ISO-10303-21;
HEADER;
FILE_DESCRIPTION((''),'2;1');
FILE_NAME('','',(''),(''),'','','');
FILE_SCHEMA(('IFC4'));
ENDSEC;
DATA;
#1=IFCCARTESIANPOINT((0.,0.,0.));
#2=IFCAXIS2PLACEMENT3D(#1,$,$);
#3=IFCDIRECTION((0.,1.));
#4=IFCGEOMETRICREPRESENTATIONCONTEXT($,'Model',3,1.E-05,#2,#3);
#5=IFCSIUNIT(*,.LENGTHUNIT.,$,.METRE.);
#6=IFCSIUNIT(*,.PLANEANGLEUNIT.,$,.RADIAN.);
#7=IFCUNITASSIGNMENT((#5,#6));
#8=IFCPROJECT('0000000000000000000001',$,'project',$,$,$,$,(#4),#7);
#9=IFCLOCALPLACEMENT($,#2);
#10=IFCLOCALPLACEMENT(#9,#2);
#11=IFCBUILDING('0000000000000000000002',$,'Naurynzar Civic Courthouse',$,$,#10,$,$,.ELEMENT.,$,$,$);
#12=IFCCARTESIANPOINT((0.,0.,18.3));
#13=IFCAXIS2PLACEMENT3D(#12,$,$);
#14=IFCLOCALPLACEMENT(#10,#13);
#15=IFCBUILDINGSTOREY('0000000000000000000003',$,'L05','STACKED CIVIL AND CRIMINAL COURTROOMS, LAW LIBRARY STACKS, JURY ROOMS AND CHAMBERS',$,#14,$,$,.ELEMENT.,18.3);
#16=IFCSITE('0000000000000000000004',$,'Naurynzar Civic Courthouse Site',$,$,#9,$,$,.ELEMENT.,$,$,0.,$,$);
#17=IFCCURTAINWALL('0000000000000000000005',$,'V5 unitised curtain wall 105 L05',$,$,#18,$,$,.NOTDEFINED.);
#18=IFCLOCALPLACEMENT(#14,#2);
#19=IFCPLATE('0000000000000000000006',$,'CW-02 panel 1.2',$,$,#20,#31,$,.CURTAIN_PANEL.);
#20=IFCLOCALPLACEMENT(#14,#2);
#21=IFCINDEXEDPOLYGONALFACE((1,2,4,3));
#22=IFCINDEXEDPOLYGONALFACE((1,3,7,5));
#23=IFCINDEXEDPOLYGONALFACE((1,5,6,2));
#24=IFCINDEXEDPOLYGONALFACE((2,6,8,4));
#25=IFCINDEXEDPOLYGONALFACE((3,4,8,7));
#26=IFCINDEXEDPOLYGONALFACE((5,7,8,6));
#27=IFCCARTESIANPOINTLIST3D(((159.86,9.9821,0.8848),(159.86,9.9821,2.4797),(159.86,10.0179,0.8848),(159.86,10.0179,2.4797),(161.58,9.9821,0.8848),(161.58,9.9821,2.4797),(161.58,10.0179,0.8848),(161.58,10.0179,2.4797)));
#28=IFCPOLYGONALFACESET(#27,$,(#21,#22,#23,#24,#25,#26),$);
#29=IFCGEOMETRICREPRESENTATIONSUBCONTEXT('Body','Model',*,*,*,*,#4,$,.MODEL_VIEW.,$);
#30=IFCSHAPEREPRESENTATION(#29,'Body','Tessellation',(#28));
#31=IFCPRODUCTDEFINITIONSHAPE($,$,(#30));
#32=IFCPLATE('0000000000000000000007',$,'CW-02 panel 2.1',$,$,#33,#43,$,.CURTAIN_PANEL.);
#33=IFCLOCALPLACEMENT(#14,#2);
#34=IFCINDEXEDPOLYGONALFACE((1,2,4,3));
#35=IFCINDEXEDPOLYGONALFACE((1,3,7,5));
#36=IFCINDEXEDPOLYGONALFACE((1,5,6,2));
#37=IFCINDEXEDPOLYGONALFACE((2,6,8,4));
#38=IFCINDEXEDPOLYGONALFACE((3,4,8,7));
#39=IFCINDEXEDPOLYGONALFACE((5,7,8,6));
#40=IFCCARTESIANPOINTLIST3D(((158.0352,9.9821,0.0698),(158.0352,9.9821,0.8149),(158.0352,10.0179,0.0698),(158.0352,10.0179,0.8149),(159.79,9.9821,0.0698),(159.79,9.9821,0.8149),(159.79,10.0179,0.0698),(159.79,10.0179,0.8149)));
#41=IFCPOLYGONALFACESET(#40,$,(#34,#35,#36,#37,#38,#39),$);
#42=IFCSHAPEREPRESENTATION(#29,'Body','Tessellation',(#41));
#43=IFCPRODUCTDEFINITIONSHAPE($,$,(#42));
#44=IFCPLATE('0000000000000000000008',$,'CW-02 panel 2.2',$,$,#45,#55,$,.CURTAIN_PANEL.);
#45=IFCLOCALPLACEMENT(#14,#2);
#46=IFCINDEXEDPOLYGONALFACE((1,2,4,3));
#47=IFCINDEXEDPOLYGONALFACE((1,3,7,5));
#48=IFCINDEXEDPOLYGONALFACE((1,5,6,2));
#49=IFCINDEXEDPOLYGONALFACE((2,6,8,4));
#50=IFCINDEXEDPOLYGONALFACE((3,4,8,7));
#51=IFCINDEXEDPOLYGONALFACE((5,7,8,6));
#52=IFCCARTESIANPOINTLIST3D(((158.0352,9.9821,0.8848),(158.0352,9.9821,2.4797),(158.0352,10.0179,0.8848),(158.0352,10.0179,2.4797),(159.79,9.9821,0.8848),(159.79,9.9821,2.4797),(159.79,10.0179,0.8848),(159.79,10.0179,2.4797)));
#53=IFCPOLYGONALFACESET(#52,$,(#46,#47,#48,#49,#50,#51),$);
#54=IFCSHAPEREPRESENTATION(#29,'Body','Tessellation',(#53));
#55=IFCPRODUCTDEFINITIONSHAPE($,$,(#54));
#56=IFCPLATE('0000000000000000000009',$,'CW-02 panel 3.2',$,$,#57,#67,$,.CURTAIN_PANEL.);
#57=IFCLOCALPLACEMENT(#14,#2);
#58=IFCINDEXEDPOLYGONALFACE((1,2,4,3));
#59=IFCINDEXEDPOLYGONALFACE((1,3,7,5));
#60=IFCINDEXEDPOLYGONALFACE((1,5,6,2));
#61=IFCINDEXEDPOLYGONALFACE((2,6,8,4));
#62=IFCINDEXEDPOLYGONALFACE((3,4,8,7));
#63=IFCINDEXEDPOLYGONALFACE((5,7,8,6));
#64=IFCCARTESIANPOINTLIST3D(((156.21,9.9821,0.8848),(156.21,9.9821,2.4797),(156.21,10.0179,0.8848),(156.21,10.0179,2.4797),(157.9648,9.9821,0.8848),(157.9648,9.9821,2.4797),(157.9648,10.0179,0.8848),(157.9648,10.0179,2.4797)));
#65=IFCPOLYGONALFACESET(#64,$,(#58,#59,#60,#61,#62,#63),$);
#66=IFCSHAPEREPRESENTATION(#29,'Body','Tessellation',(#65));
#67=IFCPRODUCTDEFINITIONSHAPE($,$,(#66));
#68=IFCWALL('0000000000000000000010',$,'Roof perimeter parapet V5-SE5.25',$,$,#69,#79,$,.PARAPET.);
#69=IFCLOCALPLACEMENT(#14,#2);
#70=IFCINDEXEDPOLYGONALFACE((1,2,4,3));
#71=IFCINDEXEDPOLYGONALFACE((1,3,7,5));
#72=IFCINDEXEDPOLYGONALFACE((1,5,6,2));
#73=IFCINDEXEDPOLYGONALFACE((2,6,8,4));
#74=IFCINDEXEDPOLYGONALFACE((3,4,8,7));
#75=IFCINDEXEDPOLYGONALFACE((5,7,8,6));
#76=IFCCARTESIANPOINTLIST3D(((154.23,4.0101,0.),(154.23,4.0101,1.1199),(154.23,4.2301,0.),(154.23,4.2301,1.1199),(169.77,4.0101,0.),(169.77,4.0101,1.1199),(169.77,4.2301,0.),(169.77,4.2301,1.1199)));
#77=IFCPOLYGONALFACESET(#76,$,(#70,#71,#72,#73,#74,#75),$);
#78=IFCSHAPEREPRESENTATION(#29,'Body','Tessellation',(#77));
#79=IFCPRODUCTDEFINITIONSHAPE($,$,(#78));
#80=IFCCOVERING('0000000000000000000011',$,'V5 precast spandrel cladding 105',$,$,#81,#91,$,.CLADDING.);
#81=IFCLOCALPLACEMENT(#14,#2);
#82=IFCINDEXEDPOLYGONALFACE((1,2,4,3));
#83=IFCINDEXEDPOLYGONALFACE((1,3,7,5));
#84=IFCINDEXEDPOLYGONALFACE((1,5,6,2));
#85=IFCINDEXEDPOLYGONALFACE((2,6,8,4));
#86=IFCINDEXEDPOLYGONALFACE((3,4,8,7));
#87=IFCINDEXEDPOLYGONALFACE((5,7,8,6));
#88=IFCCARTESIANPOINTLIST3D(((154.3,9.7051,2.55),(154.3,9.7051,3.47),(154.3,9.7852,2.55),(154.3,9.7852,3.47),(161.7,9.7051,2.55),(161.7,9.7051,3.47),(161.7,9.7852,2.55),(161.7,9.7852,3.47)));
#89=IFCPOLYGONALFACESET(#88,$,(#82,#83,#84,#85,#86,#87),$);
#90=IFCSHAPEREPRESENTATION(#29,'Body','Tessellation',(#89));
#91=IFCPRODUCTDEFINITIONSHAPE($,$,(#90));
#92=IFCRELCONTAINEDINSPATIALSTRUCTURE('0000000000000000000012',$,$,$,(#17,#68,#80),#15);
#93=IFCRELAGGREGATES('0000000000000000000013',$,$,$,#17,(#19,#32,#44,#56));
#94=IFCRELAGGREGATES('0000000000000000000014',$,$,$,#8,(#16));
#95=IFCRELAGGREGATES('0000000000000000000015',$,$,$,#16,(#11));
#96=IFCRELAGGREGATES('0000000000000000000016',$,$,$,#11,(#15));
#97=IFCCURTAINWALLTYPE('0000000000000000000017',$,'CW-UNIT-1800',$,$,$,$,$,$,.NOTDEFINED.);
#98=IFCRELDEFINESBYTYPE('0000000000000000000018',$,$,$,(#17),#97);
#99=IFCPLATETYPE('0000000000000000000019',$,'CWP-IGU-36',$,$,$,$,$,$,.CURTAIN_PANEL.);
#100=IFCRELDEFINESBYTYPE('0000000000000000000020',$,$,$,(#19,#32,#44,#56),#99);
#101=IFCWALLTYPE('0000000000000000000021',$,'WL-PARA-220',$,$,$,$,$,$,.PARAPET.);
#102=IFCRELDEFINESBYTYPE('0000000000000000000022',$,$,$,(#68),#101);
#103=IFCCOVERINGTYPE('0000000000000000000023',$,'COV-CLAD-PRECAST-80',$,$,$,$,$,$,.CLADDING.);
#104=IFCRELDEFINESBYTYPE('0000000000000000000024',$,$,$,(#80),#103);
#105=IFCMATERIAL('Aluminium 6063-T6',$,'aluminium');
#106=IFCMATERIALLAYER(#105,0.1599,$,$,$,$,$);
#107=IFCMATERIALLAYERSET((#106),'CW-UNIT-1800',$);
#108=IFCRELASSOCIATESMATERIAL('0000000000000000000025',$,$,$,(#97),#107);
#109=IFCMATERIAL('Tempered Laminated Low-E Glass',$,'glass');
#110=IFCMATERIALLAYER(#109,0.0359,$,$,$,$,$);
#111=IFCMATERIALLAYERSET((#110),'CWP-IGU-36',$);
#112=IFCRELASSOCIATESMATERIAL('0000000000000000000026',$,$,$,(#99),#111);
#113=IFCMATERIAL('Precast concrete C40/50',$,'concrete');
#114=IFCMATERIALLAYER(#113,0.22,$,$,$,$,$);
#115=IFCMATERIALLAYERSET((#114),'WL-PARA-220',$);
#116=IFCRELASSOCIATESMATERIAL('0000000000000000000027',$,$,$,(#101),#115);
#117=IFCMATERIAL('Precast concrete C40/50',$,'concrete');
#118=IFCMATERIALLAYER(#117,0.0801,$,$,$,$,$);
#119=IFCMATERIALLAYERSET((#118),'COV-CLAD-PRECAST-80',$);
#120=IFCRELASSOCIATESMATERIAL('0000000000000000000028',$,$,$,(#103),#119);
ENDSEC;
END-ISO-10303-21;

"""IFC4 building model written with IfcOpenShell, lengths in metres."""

from ifc_helpers import new_model, si_unit, direction, frame, frame_2d, origin, origin_2d, place, context, subcontext, project, spatial, rectangle, extrude, material, layer, layer_set, type_object, element, aggregate, save


model = new_model("IFC4")

# Units and contexts
model_context = context("Model", 3, precision=1e-05, world=origin(), true_north=direction((0.0, 1.0)))
body_context = subcontext(model_context, "Body", "Model", "MODEL_VIEW")
ifc_project = project(units=[si_unit("LENGTHUNIT", "METRE"), si_unit("PLANEANGLEUNIT", "RADIAN")], contexts=[model_context])

# Site, building, storey
site_placement = place(None, origin())
site = spatial("IfcSite", under=ifc_project, at=site_placement, Name="Naurynzar Civic Courthouse Site", CompositionType="ELEMENT", RefElevation=0.0)
building_placement = place(site_placement, origin())
building = spatial("IfcBuilding", under=site, at=building_placement, Name="Naurynzar Civic Courthouse", CompositionType="ELEMENT")
storey_placement = place(building_placement, frame((0.0, 0.0, 18.3)))
storey = spatial("IfcBuildingStorey", under=building, at=storey_placement, Name="L05", Description="STACKED CIVIL AND CRIMINAL COURTROOMS, LAW LIBRARY STACKS, JURY ROOMS AND CHAMBERS", CompositionType="ELEMENT", Elevation=18.3)

# Curtain wall, plates
ifc_material_1 = material(Name="Aluminium 6063-T6", Category="aluminium")
ifc_layer_1 = layer(ifc_material_1, 0.1599)
ifc_layer_set_1 = layer_set([ifc_layer_1], Name="CW-UNIT-1800")
curtain_wall_type = type_object("IfcCurtainWallType", Name="CW-UNIT-1800", PredefinedType="NOTDEFINED", material=ifc_layer_set_1)
curtain_wall_placement = place(storey_placement, origin())
curtain_wall = element("IfcCurtainWall", 1, at=curtain_wall_placement, inside=storey, type_object=curtain_wall_type, Name="V5 unitised curtain wall 105 L05", PredefinedType="NOTDEFINED")
ifc_material_2 = material(Name="Tempered Laminated Low-E Glass", Category="glass")
ifc_layer_2 = layer(ifc_material_2, 0.0359)
ifc_layer_set_2 = layer_set([ifc_layer_2], Name="CWP-IGU-36")
plate_type = type_object("IfcPlateType", Name="CWP-IGU-36", PredefinedType="CURTAIN_PANEL", material=ifc_layer_set_2)
plate_1_placement = place(storey_placement, frame((160.72, 10.0, 0.8848), z_axis=(0.0, 0.0, 1.0), x_axis=(-1.0, 0.0, 0.0)))
plate_1 = element("IfcPlate", 2, at=plate_1_placement, type_object=plate_type, Name="CW-02 panel 1.2", PredefinedType="CURTAIN_PANEL", context=body_context, shape_type="SweptSolid", body=[
    extrude(rectangle(XDim=1.72, YDim=0.0359, at=origin_2d()), origin(), (0.0, 0.0, 1.0), 1.595),
])
plate_2_placement = place(storey_placement, frame((158.9126, 10.0, 0.0698), z_axis=(0.0, 0.0, 1.0), x_axis=(-1.0, 0.0, 0.0)))
plate_2 = element("IfcPlate", 3, at=plate_2_placement, type_object=plate_type, Name="CW-02 panel 2.1", PredefinedType="CURTAIN_PANEL", context=body_context, shape_type="SweptSolid", body=[
    extrude(rectangle(XDim=1.7549, YDim=0.0359, at=origin_2d()), origin(), (0.0, 0.0, 1.0), 0.7451),
])
plate_3_placement = place(storey_placement, frame((158.9126, 10.0, 0.8848), z_axis=(0.0, 0.0, 1.0), x_axis=(-1.0, 0.0, 0.0)))
plate_3 = element("IfcPlate", 4, at=plate_3_placement, type_object=plate_type, Name="CW-02 panel 2.2", PredefinedType="CURTAIN_PANEL", context=body_context, shape_type="SweptSolid", body=[
    extrude(rectangle(XDim=1.7549, YDim=0.0359, at=origin_2d()), origin(), (0.0, 0.0, 1.0), 1.595),
])
plate_4_placement = place(storey_placement, frame((157.0874, 10.0, 0.8848), z_axis=(0.0, 0.0, 1.0), x_axis=(-1.0, 0.0, 0.0)))
plate_4 = element("IfcPlate", 5, at=plate_4_placement, type_object=plate_type, Name="CW-02 panel 3.2", PredefinedType="CURTAIN_PANEL", context=body_context, shape_type="SweptSolid", body=[
    extrude(rectangle(XDim=1.7549, YDim=0.0359, at=origin_2d()), origin(), (0.0, 0.0, 1.0), 1.595),
])
aggregate(curtain_wall, [plate_1, plate_2, plate_3, plate_4])

# Wall
ifc_material_3 = material(Name="Precast concrete C40/50", Category="concrete")
ifc_layer_3 = layer(ifc_material_3, 0.22)
ifc_layer_set_3 = layer_set([ifc_layer_3], Name="WL-PARA-220")
wall_type = type_object("IfcWallType", Name="WL-PARA-220", PredefinedType="PARAPET", material=ifc_layer_set_3)
wall_placement = place(storey_placement, frame((169.77, 4.1201, 0.0), z_axis=(0.0, 0.0, 1.0), x_axis=(-1.0, 0.0, 0.0)))
element("IfcWall", 6, at=wall_placement, inside=storey, type_object=wall_type, Name="Roof perimeter parapet V5-SE5.25", PredefinedType="PARAPET", context=body_context, shape_type="SweptSolid", body=[
    extrude(rectangle(XDim=15.54, YDim=0.22, at=frame_2d((7.77, 0.0))), origin(), (0.0, 0.0, 1.0), 1.1199),
])

# Covering
ifc_material_4 = material(Name="Precast concrete C40/50", Category="concrete")
ifc_layer_4 = layer(ifc_material_4, 0.0801)
ifc_layer_set_4 = layer_set([ifc_layer_4], Name="COV-CLAD-PRECAST-80")
covering_type = type_object("IfcCoveringType", Name="COV-CLAD-PRECAST-80", PredefinedType="CLADDING", material=ifc_layer_set_4)
covering_placement = place(storey_placement, frame((158.0, 9.7451, 2.55), z_axis=(0.0, 0.0, 1.0), x_axis=(-1.0, 0.0, 0.0)))
element("IfcCovering", 7, at=covering_placement, inside=storey, type_object=covering_type, Name="V5 precast spandrel cladding 105", PredefinedType="CLADDING", context=body_context, shape_type="SweptSolid", body=[
    extrude(rectangle(XDim=7.3999, YDim=0.0801, at=origin_2d()), origin(), (0.0, 0.0, 1.0), 0.9199),
])

save(model, "model.ifc")
